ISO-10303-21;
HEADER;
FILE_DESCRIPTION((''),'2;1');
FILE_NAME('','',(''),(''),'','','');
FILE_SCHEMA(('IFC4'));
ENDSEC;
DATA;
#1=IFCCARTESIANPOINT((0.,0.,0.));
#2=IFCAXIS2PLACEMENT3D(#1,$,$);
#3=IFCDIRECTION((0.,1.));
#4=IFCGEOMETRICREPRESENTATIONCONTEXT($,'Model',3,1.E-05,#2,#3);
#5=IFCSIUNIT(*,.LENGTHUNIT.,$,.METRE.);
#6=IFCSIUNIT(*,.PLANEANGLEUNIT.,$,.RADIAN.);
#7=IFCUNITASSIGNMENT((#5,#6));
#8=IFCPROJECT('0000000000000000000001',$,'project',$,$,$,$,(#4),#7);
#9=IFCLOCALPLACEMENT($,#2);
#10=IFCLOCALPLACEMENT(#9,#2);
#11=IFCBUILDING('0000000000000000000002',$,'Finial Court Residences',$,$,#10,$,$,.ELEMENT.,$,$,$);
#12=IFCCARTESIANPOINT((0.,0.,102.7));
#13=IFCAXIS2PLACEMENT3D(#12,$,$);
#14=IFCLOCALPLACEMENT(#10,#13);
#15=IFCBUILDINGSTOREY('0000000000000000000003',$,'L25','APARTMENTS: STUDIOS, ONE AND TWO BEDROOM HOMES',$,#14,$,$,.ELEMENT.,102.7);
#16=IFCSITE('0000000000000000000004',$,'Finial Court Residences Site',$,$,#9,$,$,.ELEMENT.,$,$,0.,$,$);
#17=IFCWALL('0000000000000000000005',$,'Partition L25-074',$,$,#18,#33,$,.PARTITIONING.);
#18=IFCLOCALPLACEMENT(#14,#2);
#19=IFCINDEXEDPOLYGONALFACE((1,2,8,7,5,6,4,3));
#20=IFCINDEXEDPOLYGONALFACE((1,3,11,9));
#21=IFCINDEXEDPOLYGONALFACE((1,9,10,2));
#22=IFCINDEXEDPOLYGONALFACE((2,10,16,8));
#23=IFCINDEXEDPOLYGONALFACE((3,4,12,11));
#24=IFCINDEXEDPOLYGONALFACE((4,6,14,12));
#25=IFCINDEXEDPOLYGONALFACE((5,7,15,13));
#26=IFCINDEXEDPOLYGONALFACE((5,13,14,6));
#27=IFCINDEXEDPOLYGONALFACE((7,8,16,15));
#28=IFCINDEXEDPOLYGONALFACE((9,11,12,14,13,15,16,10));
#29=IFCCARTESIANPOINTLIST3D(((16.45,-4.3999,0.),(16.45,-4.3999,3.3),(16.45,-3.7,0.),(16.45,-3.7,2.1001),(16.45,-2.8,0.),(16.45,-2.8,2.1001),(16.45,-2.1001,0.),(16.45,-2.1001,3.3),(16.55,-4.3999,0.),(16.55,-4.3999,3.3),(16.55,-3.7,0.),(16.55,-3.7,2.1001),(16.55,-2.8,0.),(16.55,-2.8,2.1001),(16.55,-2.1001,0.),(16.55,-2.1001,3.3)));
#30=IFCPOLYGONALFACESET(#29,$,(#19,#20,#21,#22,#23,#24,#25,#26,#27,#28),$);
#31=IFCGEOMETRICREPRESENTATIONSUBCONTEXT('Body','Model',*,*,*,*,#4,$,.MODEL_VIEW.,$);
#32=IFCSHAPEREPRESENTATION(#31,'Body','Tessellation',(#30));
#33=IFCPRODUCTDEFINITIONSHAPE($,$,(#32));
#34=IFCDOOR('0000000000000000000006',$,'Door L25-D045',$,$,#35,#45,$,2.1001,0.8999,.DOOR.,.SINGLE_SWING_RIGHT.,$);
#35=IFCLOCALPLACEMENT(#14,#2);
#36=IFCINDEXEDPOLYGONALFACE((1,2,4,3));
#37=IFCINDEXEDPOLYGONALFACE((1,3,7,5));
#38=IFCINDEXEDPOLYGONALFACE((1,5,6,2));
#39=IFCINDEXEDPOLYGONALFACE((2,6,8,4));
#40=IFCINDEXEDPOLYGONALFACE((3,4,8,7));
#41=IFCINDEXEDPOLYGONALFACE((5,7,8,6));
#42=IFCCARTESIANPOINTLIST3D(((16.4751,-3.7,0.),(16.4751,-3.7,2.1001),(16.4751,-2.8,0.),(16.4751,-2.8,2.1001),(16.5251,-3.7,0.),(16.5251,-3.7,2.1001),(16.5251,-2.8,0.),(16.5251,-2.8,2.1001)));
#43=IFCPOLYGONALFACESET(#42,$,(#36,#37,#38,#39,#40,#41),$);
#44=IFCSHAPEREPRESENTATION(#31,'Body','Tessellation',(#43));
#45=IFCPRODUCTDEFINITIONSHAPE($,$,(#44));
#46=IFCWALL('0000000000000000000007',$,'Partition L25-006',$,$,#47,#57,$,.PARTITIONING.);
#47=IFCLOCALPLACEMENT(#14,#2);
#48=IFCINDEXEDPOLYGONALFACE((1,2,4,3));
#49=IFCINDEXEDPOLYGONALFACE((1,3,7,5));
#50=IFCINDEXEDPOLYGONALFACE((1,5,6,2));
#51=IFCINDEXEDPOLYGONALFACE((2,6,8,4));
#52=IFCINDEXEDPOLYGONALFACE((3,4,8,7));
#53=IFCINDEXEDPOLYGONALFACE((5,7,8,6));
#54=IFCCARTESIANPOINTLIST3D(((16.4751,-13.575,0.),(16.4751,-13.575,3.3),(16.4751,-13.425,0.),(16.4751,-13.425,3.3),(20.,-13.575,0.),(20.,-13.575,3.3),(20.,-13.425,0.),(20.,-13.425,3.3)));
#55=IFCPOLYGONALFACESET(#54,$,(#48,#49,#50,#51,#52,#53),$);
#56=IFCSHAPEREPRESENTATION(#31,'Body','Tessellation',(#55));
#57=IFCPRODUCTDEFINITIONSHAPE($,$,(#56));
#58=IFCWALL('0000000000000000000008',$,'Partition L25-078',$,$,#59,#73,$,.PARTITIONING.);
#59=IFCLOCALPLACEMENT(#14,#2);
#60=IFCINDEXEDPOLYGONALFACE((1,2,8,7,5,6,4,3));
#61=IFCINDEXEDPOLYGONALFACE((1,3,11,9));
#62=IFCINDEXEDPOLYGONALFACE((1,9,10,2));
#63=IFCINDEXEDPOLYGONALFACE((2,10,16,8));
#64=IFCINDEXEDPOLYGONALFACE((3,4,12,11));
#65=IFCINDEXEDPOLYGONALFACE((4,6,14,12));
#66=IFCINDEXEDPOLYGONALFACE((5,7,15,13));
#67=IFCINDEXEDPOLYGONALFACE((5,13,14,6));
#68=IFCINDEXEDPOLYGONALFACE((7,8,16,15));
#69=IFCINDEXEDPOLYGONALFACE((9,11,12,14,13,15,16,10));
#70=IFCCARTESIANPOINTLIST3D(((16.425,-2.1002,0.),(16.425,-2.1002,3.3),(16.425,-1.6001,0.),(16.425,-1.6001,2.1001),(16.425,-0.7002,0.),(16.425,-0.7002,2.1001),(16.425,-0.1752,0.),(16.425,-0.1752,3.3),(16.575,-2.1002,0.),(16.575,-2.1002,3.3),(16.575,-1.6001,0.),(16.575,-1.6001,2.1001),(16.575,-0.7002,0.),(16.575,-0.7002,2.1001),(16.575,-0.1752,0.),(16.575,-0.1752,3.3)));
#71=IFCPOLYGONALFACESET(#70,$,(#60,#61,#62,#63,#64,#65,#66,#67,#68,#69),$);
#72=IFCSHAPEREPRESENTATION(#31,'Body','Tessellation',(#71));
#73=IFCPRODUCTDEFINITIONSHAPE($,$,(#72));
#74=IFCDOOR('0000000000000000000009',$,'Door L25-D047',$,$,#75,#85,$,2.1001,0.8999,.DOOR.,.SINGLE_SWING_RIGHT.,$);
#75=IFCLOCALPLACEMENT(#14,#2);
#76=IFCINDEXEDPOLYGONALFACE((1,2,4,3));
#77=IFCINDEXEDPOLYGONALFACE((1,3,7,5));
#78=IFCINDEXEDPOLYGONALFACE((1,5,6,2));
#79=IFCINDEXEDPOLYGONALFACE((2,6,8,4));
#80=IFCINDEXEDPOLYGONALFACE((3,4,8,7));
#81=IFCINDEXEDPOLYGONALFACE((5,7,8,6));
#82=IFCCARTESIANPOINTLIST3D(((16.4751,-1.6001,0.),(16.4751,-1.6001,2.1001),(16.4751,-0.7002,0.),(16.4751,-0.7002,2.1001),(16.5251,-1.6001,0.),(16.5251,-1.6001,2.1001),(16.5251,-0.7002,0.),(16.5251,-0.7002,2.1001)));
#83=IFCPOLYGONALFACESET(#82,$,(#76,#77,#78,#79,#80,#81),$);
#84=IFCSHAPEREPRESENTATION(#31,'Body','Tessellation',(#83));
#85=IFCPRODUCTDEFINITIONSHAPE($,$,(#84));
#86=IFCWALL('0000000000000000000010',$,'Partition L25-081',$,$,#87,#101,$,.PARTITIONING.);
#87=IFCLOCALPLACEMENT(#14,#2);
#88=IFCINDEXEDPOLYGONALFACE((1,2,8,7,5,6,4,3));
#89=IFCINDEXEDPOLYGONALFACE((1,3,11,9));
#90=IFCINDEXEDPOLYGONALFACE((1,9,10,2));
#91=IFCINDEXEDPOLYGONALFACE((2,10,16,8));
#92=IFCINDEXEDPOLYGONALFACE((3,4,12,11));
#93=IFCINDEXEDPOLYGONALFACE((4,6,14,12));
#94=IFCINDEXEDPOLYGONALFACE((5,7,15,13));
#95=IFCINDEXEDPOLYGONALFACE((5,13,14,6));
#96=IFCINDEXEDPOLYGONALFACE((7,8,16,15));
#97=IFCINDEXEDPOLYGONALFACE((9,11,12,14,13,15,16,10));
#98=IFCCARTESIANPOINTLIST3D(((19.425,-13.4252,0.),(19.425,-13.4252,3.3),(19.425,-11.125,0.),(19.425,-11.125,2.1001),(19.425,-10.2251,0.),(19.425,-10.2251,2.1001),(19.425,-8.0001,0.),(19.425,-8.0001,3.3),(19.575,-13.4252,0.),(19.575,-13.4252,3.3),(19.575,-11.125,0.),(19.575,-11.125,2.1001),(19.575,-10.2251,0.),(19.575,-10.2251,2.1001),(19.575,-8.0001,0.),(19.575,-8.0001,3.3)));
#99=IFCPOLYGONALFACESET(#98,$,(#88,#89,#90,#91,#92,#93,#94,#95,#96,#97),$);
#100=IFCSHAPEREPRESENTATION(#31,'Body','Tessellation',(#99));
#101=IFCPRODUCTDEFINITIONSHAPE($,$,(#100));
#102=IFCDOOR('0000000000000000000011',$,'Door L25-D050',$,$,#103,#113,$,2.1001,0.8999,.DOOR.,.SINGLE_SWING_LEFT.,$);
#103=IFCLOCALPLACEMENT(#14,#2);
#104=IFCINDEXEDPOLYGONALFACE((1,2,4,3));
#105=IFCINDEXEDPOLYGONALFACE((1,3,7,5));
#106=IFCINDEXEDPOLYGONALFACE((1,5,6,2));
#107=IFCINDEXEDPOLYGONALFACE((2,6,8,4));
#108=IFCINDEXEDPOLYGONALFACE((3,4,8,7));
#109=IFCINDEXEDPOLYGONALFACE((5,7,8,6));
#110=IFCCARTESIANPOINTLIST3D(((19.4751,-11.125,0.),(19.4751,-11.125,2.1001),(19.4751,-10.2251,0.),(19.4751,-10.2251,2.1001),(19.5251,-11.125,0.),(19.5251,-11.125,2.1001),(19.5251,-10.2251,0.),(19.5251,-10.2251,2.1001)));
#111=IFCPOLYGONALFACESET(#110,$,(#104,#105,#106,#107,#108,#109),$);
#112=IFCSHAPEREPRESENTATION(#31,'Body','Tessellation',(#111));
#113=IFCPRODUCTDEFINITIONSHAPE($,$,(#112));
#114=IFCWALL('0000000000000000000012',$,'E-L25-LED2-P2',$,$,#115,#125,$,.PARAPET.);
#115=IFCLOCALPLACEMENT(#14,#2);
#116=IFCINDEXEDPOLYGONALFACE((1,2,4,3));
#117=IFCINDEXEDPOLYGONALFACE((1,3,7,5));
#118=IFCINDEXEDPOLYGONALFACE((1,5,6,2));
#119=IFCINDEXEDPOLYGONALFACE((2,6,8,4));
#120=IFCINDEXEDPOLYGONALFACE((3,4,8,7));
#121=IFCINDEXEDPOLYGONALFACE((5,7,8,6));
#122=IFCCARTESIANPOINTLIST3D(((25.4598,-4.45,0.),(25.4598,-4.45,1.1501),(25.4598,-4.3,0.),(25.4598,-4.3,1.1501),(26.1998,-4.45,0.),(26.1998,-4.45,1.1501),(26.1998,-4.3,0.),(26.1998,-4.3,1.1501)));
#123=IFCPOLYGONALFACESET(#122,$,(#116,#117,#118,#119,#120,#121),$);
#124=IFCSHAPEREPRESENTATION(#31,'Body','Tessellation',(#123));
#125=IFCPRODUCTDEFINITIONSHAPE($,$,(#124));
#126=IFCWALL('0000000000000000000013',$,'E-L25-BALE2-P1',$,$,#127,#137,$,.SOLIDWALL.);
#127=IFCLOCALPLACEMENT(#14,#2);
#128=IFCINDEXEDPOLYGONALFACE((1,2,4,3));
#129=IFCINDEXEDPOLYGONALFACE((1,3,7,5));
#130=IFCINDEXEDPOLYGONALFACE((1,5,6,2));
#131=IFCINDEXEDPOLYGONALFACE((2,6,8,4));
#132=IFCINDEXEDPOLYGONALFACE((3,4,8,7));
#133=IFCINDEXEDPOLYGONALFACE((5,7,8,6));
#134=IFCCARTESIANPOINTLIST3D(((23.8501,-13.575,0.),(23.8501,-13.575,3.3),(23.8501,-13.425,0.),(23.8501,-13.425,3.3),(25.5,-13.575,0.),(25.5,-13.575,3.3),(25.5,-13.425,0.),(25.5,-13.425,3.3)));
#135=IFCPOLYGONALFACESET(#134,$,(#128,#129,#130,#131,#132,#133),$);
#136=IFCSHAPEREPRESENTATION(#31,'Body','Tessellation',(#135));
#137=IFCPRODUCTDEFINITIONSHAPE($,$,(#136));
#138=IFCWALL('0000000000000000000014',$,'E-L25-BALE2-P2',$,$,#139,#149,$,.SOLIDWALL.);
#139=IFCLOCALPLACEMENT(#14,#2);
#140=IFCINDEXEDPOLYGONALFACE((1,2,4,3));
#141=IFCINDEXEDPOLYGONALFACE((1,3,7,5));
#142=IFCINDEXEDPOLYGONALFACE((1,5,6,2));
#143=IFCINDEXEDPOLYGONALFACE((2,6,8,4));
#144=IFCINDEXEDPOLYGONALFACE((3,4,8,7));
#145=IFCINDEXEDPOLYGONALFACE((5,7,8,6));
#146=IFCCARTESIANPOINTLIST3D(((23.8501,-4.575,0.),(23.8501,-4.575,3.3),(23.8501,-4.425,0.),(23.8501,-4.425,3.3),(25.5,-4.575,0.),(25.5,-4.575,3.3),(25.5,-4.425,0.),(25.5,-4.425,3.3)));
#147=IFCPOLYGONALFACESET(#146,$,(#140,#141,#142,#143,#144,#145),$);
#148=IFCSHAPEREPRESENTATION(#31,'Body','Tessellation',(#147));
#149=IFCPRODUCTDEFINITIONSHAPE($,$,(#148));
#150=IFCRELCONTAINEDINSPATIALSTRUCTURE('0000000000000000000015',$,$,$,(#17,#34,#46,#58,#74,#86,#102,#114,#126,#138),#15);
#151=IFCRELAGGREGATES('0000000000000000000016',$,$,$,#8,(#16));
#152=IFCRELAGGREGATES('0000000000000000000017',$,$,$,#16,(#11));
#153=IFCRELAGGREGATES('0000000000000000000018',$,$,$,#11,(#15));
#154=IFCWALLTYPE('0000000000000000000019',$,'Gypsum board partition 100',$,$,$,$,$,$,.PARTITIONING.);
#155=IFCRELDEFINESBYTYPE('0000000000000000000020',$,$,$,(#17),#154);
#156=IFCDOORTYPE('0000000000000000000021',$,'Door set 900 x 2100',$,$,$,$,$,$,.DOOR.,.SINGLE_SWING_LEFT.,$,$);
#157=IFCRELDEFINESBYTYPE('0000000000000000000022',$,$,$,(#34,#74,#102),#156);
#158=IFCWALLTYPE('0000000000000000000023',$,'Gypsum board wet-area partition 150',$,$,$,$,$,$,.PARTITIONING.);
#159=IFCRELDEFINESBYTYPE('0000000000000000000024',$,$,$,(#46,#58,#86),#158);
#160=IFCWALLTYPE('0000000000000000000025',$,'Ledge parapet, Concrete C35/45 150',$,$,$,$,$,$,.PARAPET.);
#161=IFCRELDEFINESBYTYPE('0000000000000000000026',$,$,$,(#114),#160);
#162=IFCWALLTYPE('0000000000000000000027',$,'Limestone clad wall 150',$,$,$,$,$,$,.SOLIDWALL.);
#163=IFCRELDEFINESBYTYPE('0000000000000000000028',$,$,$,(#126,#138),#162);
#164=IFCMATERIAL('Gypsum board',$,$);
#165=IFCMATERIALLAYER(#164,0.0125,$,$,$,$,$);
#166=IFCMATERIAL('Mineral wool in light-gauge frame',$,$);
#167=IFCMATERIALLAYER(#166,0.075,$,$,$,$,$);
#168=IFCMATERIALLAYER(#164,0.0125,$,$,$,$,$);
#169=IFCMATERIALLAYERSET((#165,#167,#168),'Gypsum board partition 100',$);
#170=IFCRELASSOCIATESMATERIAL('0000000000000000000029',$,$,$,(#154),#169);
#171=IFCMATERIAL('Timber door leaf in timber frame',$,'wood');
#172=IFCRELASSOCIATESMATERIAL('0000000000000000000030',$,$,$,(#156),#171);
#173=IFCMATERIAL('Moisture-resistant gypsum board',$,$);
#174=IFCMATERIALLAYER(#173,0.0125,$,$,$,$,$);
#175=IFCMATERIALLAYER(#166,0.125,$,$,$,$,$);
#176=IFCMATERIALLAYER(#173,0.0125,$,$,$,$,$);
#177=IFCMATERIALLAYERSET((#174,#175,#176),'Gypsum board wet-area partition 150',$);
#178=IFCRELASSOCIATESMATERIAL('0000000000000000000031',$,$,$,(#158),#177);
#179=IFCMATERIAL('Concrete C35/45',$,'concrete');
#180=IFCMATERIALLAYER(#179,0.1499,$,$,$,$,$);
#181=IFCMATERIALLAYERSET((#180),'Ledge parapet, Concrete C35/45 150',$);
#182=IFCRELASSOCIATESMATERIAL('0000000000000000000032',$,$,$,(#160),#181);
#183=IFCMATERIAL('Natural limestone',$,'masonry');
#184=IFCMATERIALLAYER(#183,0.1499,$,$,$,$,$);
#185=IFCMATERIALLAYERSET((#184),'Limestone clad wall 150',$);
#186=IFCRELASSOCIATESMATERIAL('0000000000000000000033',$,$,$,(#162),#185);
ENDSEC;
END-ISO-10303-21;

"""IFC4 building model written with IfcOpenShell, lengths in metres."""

from ifc_helpers import new_model, si_unit, direction, frame, frame_2d, origin, place, context, subcontext, project, spatial, rectangle, extrude, material, layer, layer_set, type_object, element, fill, save


model = new_model("IFC4")

# Units and contexts
model_context = context("Model", 3, precision=1e-05, world=origin(), true_north=direction((0.0, 1.0)))
body_context = subcontext(model_context, "Body", "Model", "MODEL_VIEW")
ifc_project = project(units=[si_unit("LENGTHUNIT", "METRE"), si_unit("PLANEANGLEUNIT", "RADIAN")], contexts=[model_context])

# Site, building, storey
site_placement = place(None, origin())
site = spatial("IfcSite", under=ifc_project, at=site_placement, Name="Finial Court Residences Site", CompositionType="ELEMENT", RefElevation=0.0)
building_placement = place(site_placement, origin())
building = spatial("IfcBuilding", under=site, at=building_placement, Name="Finial Court Residences", CompositionType="ELEMENT")
storey_placement = place(building_placement, frame((0.0, 0.0, 102.7)))
storey = spatial("IfcBuildingStorey", under=building, at=storey_placement, Name="L25", Description="APARTMENTS: STUDIOS, ONE AND TWO BEDROOM HOMES", CompositionType="ELEMENT", Elevation=102.7)

# Wall, opening, door
ifc_material_1 = material(Name="Gypsum board")
ifc_layer_1 = layer(ifc_material_1, 0.0125)
ifc_material_2 = material(Name="Mineral wool in light-gauge frame")
ifc_layer_2 = layer(ifc_material_2, 0.075)
ifc_layer_3 = layer(ifc_material_1, 0.0125)
ifc_layer_set_1 = layer_set([ifc_layer_1, ifc_layer_2, ifc_layer_3], Name="Gypsum board partition 100")
wall_type_1 = type_object("IfcWallType", Name="Gypsum board partition 100", PredefinedType="PARTITIONING", material=ifc_layer_set_1)
ifc_material_3 = material(Name="Timber door leaf in timber frame", Category="wood")
door_type_1 = type_object("IfcDoorType", Name="Door set 900 x 2100", OperationType="SINGLE_SWING_LEFT", PredefinedType="DOOR", material=ifc_material_3)
wall_1_placement = place(storey_placement, frame((16.5, -4.3999, 0.0), z_axis=(0.0, 0.0, 1.0), x_axis=(0.0, 1.0, 0.0)))
wall_1 = element("IfcWall", 1, at=wall_1_placement, inside=storey, type_object=wall_type_1, Name="Partition L25-074", PredefinedType="PARTITIONING", context=body_context, shape_type="SweptSolid", body=[
    extrude(rectangle(XDim=2.2998, YDim=0.1001, at=frame_2d((1.1499, 0.0))), origin(), (0.0, 0.0, 1.0), 3.3),
])
opening_1_placement = place(wall_1_placement, frame((0.7, 0.0, 0.0)))
opening_1 = element("IfcOpeningElement", 2, at=opening_1_placement, cuts=wall_1, PredefinedType="OPENING", context=body_context, shape_type="SweptSolid", body=[
    extrude(rectangle(XDim=0.8999, YDim=2.1001, at=frame_2d((0.45, 1.05))), frame((0.0, 0.0601, 0.0), z_axis=(0.0, -1.0, 0.0), x_axis=(1.0, 0.0, 0.0)), (0.0, 0.0, 1.0), 0.1201),
])
door_1_placement = place(opening_1_placement, origin())
door_1 = element("IfcDoor", 3, at=door_1_placement, inside=storey, type_object=door_type_1, Name="Door L25-D045", OperationType="SINGLE_SWING_RIGHT", OverallHeight=2.1001, OverallWidth=0.8999, PredefinedType="DOOR", context=body_context, shape_type="SweptSolid", body=[
    extrude(rectangle(XDim=0.8999, YDim=2.1001, at=frame_2d((0.45, 1.05))), frame((0.0, 0.0249, 0.0), z_axis=(0.0, -1.0, 0.0), x_axis=(1.0, 0.0, 0.0)), (0.0, 0.0, 1.0), 0.05),
])
fill(opening_1, door_1)

# Wall
ifc_material_4 = material(Name="Moisture-resistant gypsum board")
ifc_layer_4 = layer(ifc_material_4, 0.0125)
ifc_layer_5 = layer(ifc_material_2, 0.125)
ifc_layer_6 = layer(ifc_material_4, 0.0125)
ifc_layer_set_2 = layer_set([ifc_layer_4, ifc_layer_5, ifc_layer_6], Name="Gypsum board wet-area partition 150")
wall_type_2 = type_object("IfcWallType", Name="Gypsum board wet-area partition 150", PredefinedType="PARTITIONING", material=ifc_layer_set_2)
wall_2_placement = place(storey_placement, frame((16.4751, -13.5, 0.0), z_axis=(0.0, 0.0, 1.0), x_axis=(1.0, 0.0, 0.0)))
element("IfcWall", 4, at=wall_2_placement, inside=storey, type_object=wall_type_2, Name="Partition L25-006", PredefinedType="PARTITIONING", context=body_context, shape_type="SweptSolid", body=[
    extrude(rectangle(XDim=3.5249, YDim=0.1499, at=frame_2d((1.7625, 0.0))), origin(), (0.0, 0.0, 1.0), 3.3),
])

# Walls, openings, doors
wall_3_placement = place(storey_placement, frame((16.5, -2.1001, 0.0), z_axis=(0.0, 0.0, 1.0), x_axis=(0.0, 1.0, 0.0)))
wall_3 = element("IfcWall", 5, at=wall_3_placement, inside=storey, type_object=wall_type_2, Name="Partition L25-078", PredefinedType="PARTITIONING", context=body_context, shape_type="SweptSolid", body=[
    extrude(rectangle(XDim=1.925, YDim=0.1499, at=frame_2d((0.9624, 0.0))), origin(), (0.0, 0.0, 1.0), 3.3),
])
opening_2_placement = place(wall_3_placement, frame((0.5, 0.0, 0.0)))
opening_2 = element("IfcOpeningElement", 6, at=opening_2_placement, cuts=wall_3, PredefinedType="OPENING", context=body_context, shape_type="SweptSolid", body=[
    extrude(rectangle(XDim=0.8999, YDim=2.1001, at=frame_2d((0.45, 1.05))), frame((0.0, 0.085, 0.0), z_axis=(0.0, -1.0, 0.0), x_axis=(1.0, 0.0, 0.0)), (0.0, 0.0, 1.0), 0.1699),
])
door_2_placement = place(opening_2_placement, origin())
door_2 = element("IfcDoor", 7, at=door_2_placement, inside=storey, type_object=door_type_1, Name="Door L25-D047", OperationType="SINGLE_SWING_RIGHT", OverallHeight=2.1001, OverallWidth=0.8999, PredefinedType="DOOR", context=body_context, shape_type="SweptSolid", body=[
    extrude(rectangle(XDim=0.8999, YDim=2.1001, at=frame_2d((0.45, 1.05))), frame((0.0, 0.0249, 0.0), z_axis=(0.0, -1.0, 0.0), x_axis=(1.0, 0.0, 0.0)), (0.0, 0.0, 1.0), 0.05),
])
fill(opening_2, door_2)
wall_4_placement = place(storey_placement, frame((19.5, -13.425, 0.0), z_axis=(0.0, 0.0, 1.0), x_axis=(0.0, 1.0, 0.0)))
wall_4 = element("IfcWall", 8, at=wall_4_placement, inside=storey, type_object=wall_type_2, Name="Partition L25-081", PredefinedType="PARTITIONING", context=body_context, shape_type="SweptSolid", body=[
    extrude(rectangle(XDim=5.425, YDim=0.1499, at=frame_2d((2.7124, 0.0))), origin(), (0.0, 0.0, 1.0), 3.3),
])
opening_3_placement = place(wall_4_placement, frame((2.3, 0.0, 0.0)))
opening_3 = element("IfcOpeningElement", 9, at=opening_3_placement, cuts=wall_4, PredefinedType="OPENING", context=body_context, shape_type="SweptSolid", body=[
    extrude(rectangle(XDim=0.8999, YDim=2.1001, at=frame_2d((0.45, 1.05))), frame((0.0, 0.085, 0.0), z_axis=(0.0, -1.0, 0.0), x_axis=(1.0, 0.0, 0.0)), (0.0, 0.0, 1.0), 0.1699),
])
door_3_placement = place(opening_3_placement, origin())
door_3 = element("IfcDoor", 10, at=door_3_placement, inside=storey, type_object=door_type_1, Name="Door L25-D050", OperationType="SINGLE_SWING_LEFT", OverallHeight=2.1001, OverallWidth=0.8999, PredefinedType="DOOR", context=body_context, shape_type="SweptSolid", body=[
    extrude(rectangle(XDim=0.8999, YDim=2.1001, at=frame_2d((0.45, 1.05))), frame((0.0, 0.0249, 0.0), z_axis=(0.0, -1.0, 0.0), x_axis=(1.0, 0.0, 0.0)), (0.0, 0.0, 1.0), 0.05),
])
fill(opening_3, door_3)

# Walls
ifc_material_5 = material(Name="Concrete C35/45", Category="concrete")
ifc_layer_7 = layer(ifc_material_5, 0.1499)
ifc_layer_set_3 = layer_set([ifc_layer_7], Name="Ledge parapet, Concrete C35/45 150")
wall_type_3 = type_object("IfcWallType", Name="Ledge parapet, Concrete C35/45 150", PredefinedType="PARAPET", material=ifc_layer_set_3)
wall_5_placement = place(storey_placement, frame((26.2, -4.375, 0.0), z_axis=(0.0, 0.0, 1.0), x_axis=(-1.0, 0.0, 0.0)))
element("IfcWall", 11, at=wall_5_placement, inside=storey, type_object=wall_type_3, Name="E-L25-LED2-P2", PredefinedType="PARAPET", context=body_context, shape_type="SweptSolid", body=[
    extrude(rectangle(XDim=0.74, YDim=0.1499, at=frame_2d((0.3701, 0.0))), origin(), (0.0, 0.0, 1.0), 1.1501),
])
ifc_material_6 = material(Name="Natural limestone", Category="masonry")
ifc_layer_8 = layer(ifc_material_6, 0.1499)
ifc_layer_set_4 = layer_set([ifc_layer_8], Name="Limestone clad wall 150")
wall_type_4 = type_object("IfcWallType", Name="Limestone clad wall 150", PredefinedType="SOLIDWALL", material=ifc_layer_set_4)
for number, where, z_axis, x_axis, name in (
    (12, (23.8501, -13.5, 0.0), (0.0, 0.0, 1.0), (1.0, 0.0, 0.0), "E-L25-BALE2-P1"),
    (13, (23.8501, -4.5, 0.0), (0.0, 0.0, 1.0), (1.0, 0.0, 0.0), "E-L25-BALE2-P2"),
):
    element("IfcWall", number, at=place(storey_placement, frame(where, z_axis=z_axis, x_axis=x_axis)), inside=storey, type_object=wall_type_4, Name=name, PredefinedType="SOLIDWALL", context=body_context, shape_type="SweptSolid", body=[
        extrude(rectangle(XDim=1.6499, YDim=0.1499, at=frame_2d((0.825, 0.0))), origin(), (0.0, 0.0, 1.0), 3.3),
    ])

save(model, "model.ifc")
